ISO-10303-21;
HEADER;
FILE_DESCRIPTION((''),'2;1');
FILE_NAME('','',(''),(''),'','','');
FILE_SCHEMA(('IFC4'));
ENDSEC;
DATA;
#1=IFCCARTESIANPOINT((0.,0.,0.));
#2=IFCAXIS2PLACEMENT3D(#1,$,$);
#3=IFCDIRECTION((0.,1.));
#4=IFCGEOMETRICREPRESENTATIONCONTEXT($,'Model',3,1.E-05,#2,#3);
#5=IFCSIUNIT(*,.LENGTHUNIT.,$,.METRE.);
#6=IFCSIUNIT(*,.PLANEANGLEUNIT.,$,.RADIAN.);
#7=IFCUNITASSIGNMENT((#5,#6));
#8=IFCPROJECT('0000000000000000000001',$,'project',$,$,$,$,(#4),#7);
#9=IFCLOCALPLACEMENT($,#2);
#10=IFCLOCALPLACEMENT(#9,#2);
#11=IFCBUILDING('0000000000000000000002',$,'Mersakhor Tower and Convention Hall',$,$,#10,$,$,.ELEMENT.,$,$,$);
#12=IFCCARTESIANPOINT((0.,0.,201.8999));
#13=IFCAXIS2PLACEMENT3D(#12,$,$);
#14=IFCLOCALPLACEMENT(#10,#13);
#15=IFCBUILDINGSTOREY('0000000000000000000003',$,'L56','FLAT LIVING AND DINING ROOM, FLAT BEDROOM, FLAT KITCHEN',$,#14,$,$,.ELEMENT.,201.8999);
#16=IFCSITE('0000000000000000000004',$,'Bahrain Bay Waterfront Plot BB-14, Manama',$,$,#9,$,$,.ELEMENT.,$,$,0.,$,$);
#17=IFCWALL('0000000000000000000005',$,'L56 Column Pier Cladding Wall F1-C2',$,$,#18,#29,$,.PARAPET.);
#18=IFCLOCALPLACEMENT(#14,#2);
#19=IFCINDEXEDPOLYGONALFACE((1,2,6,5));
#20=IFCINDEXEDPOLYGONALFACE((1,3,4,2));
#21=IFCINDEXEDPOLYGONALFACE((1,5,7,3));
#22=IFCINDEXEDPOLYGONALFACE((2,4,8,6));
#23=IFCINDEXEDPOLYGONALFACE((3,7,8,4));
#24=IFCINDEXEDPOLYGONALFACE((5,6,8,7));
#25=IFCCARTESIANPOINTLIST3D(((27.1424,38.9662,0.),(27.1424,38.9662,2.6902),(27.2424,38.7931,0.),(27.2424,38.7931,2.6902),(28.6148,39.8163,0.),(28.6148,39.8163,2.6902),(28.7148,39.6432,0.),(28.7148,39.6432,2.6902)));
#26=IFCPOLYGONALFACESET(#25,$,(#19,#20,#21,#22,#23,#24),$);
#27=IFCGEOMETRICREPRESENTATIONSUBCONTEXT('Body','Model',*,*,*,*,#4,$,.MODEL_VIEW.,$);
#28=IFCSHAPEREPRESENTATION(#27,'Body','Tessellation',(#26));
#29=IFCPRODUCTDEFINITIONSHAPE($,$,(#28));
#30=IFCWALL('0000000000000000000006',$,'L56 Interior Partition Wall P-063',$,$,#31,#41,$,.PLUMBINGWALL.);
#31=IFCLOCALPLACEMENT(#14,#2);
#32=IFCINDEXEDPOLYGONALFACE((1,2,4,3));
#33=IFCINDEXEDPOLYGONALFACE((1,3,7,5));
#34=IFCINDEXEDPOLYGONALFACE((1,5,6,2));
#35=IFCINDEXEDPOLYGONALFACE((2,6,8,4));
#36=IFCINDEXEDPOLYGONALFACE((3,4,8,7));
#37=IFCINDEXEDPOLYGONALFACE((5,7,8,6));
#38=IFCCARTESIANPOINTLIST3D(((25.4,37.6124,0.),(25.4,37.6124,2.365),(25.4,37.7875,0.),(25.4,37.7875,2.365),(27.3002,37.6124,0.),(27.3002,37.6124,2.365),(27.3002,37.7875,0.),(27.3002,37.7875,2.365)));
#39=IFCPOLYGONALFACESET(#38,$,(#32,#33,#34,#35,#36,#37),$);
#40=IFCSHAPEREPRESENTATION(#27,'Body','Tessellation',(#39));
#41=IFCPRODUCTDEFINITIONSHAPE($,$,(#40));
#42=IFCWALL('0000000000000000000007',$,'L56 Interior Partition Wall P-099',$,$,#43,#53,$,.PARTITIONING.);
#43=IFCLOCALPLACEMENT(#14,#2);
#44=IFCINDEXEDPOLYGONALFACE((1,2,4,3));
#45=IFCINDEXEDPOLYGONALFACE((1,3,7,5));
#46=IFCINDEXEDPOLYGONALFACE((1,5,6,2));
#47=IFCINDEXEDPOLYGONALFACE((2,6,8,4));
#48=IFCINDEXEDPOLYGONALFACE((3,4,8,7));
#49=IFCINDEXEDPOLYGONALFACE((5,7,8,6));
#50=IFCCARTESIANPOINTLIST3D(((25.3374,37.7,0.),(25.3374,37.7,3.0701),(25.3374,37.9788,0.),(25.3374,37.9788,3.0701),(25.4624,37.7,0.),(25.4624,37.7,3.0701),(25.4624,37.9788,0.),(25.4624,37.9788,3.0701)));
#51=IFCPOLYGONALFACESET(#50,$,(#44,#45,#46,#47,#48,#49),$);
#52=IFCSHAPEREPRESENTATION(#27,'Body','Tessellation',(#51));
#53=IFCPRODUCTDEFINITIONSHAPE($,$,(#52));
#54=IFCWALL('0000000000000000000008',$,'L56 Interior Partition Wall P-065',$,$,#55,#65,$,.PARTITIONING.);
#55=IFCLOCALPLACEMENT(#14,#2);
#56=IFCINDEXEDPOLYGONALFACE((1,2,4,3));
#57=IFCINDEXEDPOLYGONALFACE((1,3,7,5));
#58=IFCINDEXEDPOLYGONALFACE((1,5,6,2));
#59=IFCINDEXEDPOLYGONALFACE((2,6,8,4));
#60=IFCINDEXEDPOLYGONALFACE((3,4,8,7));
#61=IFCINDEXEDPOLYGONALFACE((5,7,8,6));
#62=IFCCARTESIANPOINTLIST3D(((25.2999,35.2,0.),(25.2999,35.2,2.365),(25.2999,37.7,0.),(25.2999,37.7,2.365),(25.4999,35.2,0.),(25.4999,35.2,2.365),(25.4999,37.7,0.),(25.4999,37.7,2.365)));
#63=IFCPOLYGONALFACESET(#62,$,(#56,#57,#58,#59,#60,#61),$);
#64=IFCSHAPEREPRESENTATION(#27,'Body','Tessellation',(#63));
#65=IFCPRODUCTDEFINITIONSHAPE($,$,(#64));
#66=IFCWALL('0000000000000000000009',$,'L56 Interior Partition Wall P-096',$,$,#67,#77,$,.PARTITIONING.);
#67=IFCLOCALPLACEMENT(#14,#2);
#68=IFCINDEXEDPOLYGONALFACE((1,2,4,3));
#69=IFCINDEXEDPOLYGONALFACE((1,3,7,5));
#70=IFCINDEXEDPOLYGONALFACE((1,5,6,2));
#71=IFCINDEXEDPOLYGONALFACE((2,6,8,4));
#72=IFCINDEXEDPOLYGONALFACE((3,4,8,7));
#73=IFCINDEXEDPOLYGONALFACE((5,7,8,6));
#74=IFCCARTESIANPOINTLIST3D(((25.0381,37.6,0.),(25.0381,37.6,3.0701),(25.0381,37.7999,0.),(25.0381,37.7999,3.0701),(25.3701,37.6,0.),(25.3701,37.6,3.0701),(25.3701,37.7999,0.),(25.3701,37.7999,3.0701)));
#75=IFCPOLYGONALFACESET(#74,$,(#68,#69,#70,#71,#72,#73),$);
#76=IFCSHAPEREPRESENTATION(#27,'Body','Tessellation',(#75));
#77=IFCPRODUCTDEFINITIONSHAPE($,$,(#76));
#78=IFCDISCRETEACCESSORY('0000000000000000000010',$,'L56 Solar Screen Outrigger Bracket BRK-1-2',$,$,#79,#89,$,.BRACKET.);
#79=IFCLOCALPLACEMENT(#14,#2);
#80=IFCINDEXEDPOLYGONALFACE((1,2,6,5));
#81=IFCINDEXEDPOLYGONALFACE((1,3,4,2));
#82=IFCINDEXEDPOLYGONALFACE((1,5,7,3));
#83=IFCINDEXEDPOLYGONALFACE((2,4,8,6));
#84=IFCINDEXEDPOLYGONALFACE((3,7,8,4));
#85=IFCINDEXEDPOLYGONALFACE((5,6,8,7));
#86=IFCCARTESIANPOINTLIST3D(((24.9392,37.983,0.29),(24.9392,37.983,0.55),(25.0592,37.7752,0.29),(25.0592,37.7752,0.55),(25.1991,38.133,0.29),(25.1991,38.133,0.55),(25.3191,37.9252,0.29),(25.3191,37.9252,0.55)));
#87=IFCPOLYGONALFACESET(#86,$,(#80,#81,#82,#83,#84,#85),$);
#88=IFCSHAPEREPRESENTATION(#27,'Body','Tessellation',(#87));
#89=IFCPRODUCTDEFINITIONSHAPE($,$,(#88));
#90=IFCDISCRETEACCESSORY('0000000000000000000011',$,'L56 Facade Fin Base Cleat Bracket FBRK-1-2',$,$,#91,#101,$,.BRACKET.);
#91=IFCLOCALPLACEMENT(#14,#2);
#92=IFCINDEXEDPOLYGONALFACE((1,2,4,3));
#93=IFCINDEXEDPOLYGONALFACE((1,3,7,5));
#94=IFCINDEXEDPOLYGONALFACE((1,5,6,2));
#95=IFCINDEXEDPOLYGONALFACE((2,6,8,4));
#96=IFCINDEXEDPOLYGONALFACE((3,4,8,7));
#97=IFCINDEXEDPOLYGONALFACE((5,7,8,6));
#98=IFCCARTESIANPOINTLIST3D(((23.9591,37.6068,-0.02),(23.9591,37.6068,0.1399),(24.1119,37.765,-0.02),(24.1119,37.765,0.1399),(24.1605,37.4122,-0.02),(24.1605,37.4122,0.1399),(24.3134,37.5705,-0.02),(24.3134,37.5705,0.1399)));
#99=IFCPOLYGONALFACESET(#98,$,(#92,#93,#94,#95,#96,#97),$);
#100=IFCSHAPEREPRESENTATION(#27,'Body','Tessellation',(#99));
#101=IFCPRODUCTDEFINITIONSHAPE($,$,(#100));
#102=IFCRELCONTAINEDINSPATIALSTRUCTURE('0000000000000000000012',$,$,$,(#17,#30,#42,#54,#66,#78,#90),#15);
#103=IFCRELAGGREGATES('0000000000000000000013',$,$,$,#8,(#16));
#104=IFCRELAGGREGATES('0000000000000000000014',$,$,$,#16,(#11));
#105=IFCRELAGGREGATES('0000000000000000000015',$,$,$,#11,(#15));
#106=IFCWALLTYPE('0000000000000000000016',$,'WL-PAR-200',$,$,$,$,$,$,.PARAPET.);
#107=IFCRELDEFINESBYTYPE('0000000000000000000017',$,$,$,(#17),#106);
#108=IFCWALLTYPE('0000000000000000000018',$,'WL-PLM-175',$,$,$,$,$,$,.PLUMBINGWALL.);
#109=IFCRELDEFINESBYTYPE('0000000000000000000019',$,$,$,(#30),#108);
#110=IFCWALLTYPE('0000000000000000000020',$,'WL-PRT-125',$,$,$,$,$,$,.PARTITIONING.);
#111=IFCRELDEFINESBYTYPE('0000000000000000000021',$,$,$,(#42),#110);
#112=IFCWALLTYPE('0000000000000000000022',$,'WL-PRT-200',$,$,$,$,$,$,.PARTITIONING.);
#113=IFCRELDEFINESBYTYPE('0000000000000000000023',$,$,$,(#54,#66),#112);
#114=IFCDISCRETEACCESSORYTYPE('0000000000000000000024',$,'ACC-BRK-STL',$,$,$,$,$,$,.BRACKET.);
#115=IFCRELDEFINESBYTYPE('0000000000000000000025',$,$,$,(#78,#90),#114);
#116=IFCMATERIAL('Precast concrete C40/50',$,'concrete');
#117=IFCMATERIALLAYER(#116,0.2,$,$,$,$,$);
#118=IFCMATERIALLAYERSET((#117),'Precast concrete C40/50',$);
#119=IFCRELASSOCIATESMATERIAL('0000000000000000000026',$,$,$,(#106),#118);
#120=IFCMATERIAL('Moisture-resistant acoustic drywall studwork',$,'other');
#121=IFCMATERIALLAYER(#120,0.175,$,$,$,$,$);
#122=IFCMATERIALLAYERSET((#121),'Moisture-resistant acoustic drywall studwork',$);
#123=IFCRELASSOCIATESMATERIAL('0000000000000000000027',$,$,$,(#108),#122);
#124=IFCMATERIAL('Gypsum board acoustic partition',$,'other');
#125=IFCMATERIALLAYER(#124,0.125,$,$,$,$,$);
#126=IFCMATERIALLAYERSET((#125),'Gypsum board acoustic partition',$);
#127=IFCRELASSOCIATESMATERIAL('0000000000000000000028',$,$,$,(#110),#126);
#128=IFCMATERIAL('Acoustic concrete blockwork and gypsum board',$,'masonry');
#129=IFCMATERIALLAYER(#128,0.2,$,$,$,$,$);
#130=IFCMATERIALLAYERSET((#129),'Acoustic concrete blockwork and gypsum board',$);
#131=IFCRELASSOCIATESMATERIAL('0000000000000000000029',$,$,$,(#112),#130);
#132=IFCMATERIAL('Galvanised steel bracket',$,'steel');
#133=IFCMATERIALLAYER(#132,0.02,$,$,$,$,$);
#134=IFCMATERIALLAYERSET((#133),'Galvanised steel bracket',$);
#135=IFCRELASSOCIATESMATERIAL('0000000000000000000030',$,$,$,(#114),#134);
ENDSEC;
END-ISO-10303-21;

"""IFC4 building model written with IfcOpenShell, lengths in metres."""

from ifc_helpers import new_model, si_unit, direction, frame, frame_2d, origin, origin_2d, place, context, subcontext, project, spatial, rectangle, extrude, material, layer, layer_set, type_object, element, save


model = new_model("IFC4")

# Units and contexts
model_context = context("Model", 3, precision=1e-05, world=origin(), true_north=direction((0.0, 1.0)))
body_context = subcontext(model_context, "Body", "Model", "MODEL_VIEW")
ifc_project = project(units=[si_unit("LENGTHUNIT", "METRE"), si_unit("PLANEANGLEUNIT", "RADIAN")], contexts=[model_context])

# Site, building, storey
site_placement = place(None, origin())
site = spatial("IfcSite", under=ifc_project, at=site_placement, Name="Bahrain Bay Waterfront Plot BB-14, Manama", CompositionType="ELEMENT", RefElevation=0.0)
building_placement = place(site_placement, origin())
building = spatial("IfcBuilding", under=site, at=building_placement, Name="Mersakhor Tower and Convention Hall", CompositionType="ELEMENT")
storey_placement = place(building_placement, frame((0.0, 0.0, 201.8999)))
storey = spatial("IfcBuildingStorey", under=building, at=storey_placement, Name="L56", Description="FLAT LIVING AND DINING ROOM, FLAT BEDROOM, FLAT KITCHEN", CompositionType="ELEMENT", Elevation=201.8999)

# Walls
ifc_material_1 = material(Name="Precast concrete C40/50", Category="concrete")
ifc_layer_1 = layer(ifc_material_1, 0.2)
ifc_layer_set_1 = layer_set([ifc_layer_1], Name="Precast concrete C40/50")
wall_type_1 = type_object("IfcWallType", Name="WL-PAR-200", PredefinedType="PARAPET", material=ifc_layer_set_1)
wall_1_placement = place(storey_placement, frame((27.1924, 38.8796, 0.0), z_axis=(0.0, 0.0, 1.0), x_axis=(0.866025, 0.5, 0.0)))
element("IfcWall", 1, at=wall_1_placement, inside=storey, type_object=wall_type_1, Name="L56 Column Pier Cladding Wall F1-C2", PredefinedType="PARAPET", context=body_context, shape_type="SweptSolid", body=[
    extrude(rectangle(XDim=1.7002, YDim=0.2, at=frame_2d((0.8501, 0.0))), origin(), (0.0, 0.0, 1.0), 2.6902),
])
ifc_material_2 = material(Name="Moisture-resistant acoustic drywall studwork", Category="other")
ifc_layer_2 = layer(ifc_material_2, 0.175)
ifc_layer_set_2 = layer_set([ifc_layer_2], Name="Moisture-resistant acoustic drywall studwork")
wall_type_2 = type_object("IfcWallType", Name="WL-PLM-175", PredefinedType="PLUMBINGWALL", material=ifc_layer_set_2)
wall_2_placement = place(storey_placement, frame((25.3999, 37.7, 0.0), z_axis=(0.0, 0.0, 1.0), x_axis=(1.0, 0.0, 0.0)))
element("IfcWall", 2, at=wall_2_placement, inside=storey, type_object=wall_type_2, Name="L56 Interior Partition Wall P-063", PredefinedType="PLUMBINGWALL", context=body_context, shape_type="SweptSolid", body=[
    extrude(rectangle(XDim=1.9001, YDim=0.175, at=frame_2d((0.9502, 0.0))), origin(), (0.0, 0.0, 1.0), 2.365),
])
ifc_material_3 = material(Name="Gypsum board acoustic partition", Category="other")
ifc_layer_3 = layer(ifc_material_3, 0.125)
ifc_layer_set_3 = layer_set([ifc_layer_3], Name="Gypsum board acoustic partition")
wall_type_3 = type_object("IfcWallType", Name="WL-PRT-125", PredefinedType="PARTITIONING", material=ifc_layer_set_3)
wall_3_placement = place(storey_placement, frame((25.3999, 37.7, 0.0), z_axis=(0.0, 0.0, 1.0), x_axis=(0.0, 1.0, 0.0)))
element("IfcWall", 3, at=wall_3_placement, inside=storey, type_object=wall_type_3, Name="L56 Interior Partition Wall P-099", PredefinedType="PARTITIONING", context=body_context, shape_type="SweptSolid", body=[
    extrude(rectangle(XDim=0.2788, YDim=0.125, at=frame_2d((0.1394, 0.0))), origin(), (0.0, 0.0, 1.0), 3.0701),
])

# Shared definitions
ifc_material_4 = material(Name="Acoustic concrete blockwork and gypsum board", Category="masonry")
ifc_layer_4 = layer(ifc_material_4, 0.2)
ifc_layer_set_4 = layer_set([ifc_layer_4], Name="Acoustic concrete blockwork and gypsum board")
wall_type_4 = type_object("IfcWallType", Name="WL-PRT-200", PredefinedType="PARTITIONING", material=ifc_layer_set_4)

# Walls
wall_4_placement = place(storey_placement, frame((25.3999, 35.2, 0.0), z_axis=(0.0, 0.0, 1.0), x_axis=(0.0, 1.0, 0.0)))
element("IfcWall", 4, at=wall_4_placement, inside=storey, type_object=wall_type_4, Name="L56 Interior Partition Wall P-065", PredefinedType="PARTITIONING", context=body_context, shape_type="SweptSolid", body=[
    extrude(rectangle(XDim=2.5, YDim=0.2, at=frame_2d((1.25, 0.0))), origin(), (0.0, 0.0, 1.0), 2.365),
])
wall_5_placement = place(storey_placement, frame((25.0381, 37.7, 0.0), z_axis=(0.0, 0.0, 1.0), x_axis=(1.0, 0.0, 0.0)))
element("IfcWall", 5, at=wall_5_placement, inside=storey, type_object=wall_type_4, Name="L56 Interior Partition Wall P-096", PredefinedType="PARTITIONING", context=body_context, shape_type="SweptSolid", body=[
    extrude(rectangle(XDim=0.332, YDim=0.2, at=frame_2d((0.166, 0.0))), origin(), (0.0, 0.0, 1.0), 3.0701),
])

# Discrete accessories
ifc_material_5 = material(Name="Galvanised steel bracket", Category="steel")
ifc_layer_5 = layer(ifc_material_5, 0.02)
ifc_layer_set_5 = layer_set([ifc_layer_5], Name="Galvanised steel bracket")
discrete_accessory_type = type_object("IfcDiscreteAccessoryType", Name="ACC-BRK-STL", PredefinedType="BRACKET", material=ifc_layer_set_5)
discrete_accessory_1_placement = place(storey_placement, frame((25.1292, 37.9541, 0.29), z_axis=(0.0, 0.0, 1.0), x_axis=(0.866025, 0.5, 0.0)))
element("IfcDiscreteAccessory", 6, at=discrete_accessory_1_placement, inside=storey, type_object=discrete_accessory_type, Name="L56 Solar Screen Outrigger Bracket BRK-1-2", PredefinedType="BRACKET", context=body_context, shape_type="SweptSolid", body=[
    extrude(rectangle(XDim=0.3, YDim=0.24, at=origin_2d()), origin(), (0.0, 0.0, 1.0), 0.26),
])
discrete_accessory_2_placement = place(storey_placement, frame((24.1362, 37.5886, -0.02), z_axis=(0.0, 0.0, 1.0), x_axis=(-0.71934, 0.694658, 0.0)))
element("IfcDiscreteAccessory", 7, at=discrete_accessory_2_placement, inside=storey, type_object=discrete_accessory_type, Name="L56 Facade Fin Base Cleat Bracket FBRK-1-2", PredefinedType="BRACKET", context=body_context, shape_type="SweptSolid", body=[
    extrude(rectangle(XDim=0.28, YDim=0.22, at=origin_2d()), origin(), (0.0, 0.0, 1.0), 0.1599),
])

save(model, "model.ifc")
